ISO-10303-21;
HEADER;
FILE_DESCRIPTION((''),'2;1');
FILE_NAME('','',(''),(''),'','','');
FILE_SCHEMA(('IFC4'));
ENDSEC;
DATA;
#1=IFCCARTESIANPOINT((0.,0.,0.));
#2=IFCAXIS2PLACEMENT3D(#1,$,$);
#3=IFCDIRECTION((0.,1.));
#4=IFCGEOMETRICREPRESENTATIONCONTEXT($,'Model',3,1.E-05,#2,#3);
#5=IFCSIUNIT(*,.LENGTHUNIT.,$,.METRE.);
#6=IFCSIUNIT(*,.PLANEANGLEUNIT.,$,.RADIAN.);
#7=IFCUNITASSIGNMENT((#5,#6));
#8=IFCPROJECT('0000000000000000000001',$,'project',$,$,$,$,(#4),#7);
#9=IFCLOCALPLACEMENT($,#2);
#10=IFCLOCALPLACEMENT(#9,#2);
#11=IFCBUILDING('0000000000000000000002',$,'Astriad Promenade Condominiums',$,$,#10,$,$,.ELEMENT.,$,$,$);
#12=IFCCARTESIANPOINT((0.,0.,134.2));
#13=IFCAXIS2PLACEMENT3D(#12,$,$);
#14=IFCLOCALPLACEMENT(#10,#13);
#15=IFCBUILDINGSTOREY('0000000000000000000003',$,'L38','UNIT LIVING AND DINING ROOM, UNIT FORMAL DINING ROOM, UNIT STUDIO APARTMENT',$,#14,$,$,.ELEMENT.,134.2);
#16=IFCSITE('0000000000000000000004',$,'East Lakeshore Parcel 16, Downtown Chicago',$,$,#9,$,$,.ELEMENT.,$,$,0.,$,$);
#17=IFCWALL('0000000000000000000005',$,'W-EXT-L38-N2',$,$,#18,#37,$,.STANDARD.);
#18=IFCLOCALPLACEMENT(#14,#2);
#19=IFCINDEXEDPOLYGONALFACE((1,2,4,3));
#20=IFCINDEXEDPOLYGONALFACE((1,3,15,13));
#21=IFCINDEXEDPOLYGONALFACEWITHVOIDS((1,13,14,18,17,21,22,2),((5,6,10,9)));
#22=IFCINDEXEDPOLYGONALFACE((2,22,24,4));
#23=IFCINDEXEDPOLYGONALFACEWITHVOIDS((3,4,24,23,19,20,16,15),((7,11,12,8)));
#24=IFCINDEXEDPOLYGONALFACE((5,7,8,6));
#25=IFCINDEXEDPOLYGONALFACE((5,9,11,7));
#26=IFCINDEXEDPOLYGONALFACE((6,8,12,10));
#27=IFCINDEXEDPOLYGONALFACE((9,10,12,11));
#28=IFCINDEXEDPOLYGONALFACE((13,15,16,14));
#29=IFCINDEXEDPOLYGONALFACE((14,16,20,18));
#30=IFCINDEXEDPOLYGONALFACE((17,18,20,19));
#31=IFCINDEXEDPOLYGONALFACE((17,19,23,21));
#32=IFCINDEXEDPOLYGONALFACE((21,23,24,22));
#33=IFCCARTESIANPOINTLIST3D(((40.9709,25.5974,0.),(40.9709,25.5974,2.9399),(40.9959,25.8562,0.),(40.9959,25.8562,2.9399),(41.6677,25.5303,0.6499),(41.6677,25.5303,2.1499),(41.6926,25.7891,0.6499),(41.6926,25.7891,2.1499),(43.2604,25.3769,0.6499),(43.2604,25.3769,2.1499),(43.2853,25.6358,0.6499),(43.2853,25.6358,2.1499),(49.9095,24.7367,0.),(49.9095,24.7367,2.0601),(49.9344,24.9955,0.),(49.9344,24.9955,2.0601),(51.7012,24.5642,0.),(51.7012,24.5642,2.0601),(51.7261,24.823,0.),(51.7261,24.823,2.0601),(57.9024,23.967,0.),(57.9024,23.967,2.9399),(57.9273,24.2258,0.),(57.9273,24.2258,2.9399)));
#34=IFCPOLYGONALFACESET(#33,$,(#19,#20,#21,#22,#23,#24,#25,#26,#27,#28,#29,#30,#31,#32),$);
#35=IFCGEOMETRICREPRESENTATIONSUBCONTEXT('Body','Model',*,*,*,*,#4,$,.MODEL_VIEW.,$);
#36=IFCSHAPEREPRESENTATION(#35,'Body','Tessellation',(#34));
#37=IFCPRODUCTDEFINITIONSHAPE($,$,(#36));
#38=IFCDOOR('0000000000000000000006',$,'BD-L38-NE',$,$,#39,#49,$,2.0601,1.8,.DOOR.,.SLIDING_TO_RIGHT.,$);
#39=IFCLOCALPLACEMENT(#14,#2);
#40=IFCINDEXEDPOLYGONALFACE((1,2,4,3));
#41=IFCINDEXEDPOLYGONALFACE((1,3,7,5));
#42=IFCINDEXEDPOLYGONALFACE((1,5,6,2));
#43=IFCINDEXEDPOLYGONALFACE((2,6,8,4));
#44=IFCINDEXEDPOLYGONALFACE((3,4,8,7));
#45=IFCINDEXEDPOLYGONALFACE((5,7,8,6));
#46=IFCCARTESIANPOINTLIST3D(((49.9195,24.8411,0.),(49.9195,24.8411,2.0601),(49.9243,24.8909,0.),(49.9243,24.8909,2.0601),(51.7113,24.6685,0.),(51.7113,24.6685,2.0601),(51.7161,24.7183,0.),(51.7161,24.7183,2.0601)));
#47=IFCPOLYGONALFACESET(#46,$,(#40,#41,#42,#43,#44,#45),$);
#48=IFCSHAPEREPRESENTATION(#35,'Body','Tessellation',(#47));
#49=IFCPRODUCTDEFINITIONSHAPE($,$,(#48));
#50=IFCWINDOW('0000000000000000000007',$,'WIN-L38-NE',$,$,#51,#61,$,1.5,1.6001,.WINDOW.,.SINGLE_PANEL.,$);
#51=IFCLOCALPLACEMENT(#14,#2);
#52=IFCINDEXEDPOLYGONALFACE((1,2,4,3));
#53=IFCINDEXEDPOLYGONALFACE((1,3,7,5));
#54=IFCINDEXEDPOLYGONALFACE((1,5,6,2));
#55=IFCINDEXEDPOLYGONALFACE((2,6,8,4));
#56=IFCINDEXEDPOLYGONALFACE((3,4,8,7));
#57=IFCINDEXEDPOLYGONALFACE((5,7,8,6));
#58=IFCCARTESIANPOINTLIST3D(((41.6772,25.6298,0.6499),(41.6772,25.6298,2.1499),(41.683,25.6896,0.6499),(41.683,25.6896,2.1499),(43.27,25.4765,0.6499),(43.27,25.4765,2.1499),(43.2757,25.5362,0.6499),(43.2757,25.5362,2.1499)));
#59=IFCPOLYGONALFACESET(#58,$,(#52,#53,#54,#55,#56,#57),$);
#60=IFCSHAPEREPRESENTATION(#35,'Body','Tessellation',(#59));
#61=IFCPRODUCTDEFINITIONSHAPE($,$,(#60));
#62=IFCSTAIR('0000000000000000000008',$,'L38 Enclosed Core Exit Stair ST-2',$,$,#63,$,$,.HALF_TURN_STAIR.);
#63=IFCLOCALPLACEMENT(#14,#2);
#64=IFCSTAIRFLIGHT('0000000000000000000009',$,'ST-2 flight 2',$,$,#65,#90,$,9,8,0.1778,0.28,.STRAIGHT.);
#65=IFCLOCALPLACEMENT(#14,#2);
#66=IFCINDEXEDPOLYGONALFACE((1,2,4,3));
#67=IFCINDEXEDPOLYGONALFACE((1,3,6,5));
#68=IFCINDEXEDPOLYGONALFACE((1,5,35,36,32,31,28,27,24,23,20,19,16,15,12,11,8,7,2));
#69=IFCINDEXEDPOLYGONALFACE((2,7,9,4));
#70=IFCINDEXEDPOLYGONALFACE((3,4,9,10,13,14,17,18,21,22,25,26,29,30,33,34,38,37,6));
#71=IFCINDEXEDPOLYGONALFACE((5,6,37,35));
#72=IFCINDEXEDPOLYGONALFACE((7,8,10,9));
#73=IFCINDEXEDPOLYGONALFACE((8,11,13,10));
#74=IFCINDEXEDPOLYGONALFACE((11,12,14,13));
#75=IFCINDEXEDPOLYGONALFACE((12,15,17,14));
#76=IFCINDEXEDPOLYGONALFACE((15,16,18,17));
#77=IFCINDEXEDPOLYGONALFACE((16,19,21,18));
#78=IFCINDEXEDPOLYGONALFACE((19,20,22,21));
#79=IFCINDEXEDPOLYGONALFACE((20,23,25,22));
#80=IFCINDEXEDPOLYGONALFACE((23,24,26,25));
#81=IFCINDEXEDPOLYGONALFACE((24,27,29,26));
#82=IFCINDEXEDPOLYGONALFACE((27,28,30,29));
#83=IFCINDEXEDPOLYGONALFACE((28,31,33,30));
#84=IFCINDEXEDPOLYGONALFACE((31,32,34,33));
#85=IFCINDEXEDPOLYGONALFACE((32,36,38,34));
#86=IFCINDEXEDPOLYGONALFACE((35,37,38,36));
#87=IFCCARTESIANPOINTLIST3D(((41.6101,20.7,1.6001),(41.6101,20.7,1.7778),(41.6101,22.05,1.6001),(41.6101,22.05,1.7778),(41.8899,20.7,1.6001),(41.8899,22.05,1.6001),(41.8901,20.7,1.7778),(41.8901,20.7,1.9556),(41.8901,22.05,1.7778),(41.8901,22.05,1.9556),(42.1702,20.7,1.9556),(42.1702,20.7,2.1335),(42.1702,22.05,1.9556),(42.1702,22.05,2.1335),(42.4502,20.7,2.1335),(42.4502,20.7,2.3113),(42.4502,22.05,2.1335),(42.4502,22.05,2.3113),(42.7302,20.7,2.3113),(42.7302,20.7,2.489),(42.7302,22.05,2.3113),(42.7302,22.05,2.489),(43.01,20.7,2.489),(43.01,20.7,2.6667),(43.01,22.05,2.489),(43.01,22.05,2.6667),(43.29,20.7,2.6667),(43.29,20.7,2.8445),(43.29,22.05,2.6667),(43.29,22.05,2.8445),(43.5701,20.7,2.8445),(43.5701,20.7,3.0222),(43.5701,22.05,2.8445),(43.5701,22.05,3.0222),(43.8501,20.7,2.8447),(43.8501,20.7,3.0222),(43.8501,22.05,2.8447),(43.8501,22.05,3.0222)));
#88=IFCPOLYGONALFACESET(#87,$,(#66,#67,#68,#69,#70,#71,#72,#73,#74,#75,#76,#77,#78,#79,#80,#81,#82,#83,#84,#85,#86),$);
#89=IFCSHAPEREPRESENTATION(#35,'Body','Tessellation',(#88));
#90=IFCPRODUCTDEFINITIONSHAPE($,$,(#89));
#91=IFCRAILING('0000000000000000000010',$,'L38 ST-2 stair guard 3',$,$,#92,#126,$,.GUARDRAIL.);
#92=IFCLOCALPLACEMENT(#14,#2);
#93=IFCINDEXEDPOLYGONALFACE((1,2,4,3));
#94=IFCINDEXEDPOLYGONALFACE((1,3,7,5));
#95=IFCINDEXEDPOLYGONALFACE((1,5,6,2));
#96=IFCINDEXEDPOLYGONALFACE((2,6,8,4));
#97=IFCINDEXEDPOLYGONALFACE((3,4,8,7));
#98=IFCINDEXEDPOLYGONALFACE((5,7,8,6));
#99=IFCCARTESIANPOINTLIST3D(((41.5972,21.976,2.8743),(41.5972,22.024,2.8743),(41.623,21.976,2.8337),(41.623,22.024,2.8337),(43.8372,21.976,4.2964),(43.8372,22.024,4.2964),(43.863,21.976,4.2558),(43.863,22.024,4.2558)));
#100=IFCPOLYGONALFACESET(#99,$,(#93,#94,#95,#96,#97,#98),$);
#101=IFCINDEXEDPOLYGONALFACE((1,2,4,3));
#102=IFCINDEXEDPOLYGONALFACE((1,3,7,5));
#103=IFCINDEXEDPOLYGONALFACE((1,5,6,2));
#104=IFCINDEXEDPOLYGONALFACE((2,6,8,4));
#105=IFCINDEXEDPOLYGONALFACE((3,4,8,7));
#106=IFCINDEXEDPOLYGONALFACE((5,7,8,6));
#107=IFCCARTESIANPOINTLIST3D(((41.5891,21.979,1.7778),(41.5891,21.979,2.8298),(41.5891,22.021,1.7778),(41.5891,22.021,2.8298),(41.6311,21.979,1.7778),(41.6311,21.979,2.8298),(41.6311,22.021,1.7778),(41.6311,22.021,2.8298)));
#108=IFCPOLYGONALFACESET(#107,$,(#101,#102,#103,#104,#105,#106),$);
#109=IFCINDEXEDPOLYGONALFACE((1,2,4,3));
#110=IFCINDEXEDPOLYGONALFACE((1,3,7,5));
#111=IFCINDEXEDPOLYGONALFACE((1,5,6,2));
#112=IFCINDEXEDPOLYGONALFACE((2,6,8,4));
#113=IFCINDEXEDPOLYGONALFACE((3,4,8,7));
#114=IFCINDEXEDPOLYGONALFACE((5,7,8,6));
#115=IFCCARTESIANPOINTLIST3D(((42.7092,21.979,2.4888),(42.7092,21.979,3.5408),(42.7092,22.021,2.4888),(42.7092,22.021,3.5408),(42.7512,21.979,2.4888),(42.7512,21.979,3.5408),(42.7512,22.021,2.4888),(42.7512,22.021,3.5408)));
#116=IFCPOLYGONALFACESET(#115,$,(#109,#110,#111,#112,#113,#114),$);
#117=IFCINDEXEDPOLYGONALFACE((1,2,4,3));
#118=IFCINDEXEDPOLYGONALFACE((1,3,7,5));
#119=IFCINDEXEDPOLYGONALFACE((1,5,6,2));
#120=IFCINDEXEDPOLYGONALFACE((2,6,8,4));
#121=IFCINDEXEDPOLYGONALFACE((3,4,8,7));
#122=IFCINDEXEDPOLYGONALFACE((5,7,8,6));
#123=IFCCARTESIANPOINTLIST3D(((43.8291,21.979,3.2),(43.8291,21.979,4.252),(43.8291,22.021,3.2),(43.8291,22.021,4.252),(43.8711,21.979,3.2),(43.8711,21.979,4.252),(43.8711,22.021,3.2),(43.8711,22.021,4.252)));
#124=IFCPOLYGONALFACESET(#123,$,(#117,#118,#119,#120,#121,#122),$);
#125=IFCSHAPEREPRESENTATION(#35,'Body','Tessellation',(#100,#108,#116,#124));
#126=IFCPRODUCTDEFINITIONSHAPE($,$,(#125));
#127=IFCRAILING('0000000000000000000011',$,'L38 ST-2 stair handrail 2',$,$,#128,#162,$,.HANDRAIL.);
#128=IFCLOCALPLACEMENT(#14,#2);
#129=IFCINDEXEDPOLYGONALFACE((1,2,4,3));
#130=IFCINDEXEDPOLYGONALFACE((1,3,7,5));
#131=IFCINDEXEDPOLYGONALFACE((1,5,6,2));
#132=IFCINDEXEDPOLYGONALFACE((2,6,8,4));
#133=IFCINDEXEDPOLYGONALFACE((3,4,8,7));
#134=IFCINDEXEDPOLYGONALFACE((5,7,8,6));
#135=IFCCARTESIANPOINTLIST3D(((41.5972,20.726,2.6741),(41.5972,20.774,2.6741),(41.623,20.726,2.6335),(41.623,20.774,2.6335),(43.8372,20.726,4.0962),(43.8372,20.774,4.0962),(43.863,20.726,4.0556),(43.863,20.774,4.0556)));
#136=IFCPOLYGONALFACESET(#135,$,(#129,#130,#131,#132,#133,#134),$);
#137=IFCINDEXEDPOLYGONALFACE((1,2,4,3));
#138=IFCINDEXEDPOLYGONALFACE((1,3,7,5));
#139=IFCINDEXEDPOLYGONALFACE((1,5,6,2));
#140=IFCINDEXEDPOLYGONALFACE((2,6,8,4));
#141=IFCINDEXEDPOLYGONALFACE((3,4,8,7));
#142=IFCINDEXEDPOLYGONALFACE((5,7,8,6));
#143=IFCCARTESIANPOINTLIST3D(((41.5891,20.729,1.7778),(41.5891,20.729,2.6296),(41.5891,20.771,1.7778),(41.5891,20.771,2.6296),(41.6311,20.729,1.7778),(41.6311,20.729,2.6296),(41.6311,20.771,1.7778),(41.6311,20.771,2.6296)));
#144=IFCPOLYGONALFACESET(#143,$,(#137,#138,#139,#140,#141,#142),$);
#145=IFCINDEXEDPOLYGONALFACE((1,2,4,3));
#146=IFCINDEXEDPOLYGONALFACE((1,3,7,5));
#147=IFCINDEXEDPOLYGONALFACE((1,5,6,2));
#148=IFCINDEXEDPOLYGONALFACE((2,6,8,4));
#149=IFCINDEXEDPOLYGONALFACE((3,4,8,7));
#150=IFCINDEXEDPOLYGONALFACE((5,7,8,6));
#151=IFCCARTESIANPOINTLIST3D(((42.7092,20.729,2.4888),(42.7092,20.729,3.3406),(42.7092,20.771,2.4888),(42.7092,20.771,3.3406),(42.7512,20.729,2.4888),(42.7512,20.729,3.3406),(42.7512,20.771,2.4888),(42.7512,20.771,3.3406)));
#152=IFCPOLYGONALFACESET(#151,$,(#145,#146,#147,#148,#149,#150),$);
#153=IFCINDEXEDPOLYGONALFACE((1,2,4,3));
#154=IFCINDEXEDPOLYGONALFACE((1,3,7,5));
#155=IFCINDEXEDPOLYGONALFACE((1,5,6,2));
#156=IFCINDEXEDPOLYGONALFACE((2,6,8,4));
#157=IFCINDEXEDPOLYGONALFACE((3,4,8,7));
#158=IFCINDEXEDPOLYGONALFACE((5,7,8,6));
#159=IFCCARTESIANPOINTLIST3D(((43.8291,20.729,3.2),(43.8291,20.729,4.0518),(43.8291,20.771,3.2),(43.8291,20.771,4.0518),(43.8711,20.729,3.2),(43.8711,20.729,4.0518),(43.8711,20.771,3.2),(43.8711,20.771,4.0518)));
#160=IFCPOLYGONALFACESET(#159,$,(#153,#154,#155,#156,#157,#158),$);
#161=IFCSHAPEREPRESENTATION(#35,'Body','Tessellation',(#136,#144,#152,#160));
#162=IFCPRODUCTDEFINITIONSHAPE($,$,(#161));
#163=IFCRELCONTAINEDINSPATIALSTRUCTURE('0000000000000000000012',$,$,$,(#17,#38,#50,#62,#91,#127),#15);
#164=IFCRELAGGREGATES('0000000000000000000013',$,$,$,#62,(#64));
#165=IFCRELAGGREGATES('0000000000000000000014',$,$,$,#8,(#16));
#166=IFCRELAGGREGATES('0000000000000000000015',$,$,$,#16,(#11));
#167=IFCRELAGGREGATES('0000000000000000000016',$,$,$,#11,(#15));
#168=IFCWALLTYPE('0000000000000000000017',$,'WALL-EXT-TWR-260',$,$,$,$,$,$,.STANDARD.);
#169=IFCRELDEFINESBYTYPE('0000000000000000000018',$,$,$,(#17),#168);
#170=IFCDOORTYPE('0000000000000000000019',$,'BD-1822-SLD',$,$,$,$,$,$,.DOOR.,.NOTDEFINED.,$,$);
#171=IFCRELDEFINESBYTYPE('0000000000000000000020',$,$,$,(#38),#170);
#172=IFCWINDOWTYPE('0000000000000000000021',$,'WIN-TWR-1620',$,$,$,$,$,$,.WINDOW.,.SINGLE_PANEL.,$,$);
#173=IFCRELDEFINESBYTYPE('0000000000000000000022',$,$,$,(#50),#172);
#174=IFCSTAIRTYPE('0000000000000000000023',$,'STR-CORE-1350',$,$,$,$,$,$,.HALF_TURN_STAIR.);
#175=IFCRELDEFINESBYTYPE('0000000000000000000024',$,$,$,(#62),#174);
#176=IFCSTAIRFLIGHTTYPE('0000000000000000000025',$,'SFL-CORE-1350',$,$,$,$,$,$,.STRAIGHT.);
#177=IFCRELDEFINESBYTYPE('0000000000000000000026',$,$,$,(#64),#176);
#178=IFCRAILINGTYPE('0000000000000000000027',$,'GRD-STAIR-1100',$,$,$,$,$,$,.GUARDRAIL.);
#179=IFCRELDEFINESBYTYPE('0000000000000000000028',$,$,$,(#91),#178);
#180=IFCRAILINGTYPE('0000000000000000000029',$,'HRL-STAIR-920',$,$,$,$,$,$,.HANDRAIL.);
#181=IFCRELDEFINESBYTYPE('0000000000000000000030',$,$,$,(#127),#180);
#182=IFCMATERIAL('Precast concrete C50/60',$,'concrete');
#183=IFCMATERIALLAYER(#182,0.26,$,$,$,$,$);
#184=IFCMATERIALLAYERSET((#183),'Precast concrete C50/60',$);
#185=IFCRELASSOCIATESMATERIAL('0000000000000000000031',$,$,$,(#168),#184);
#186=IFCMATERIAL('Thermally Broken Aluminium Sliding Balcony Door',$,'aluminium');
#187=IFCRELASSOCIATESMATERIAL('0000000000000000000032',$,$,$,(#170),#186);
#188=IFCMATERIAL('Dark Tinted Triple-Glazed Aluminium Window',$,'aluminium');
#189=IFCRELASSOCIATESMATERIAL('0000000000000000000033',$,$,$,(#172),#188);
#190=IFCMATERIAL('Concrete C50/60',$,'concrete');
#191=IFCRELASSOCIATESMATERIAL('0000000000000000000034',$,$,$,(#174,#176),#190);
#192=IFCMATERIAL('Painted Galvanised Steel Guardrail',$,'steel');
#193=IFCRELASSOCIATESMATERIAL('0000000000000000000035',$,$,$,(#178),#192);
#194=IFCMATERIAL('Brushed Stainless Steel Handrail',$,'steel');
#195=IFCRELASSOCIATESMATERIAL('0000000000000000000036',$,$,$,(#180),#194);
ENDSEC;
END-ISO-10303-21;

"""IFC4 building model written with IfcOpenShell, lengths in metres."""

from ifc_helpers import new_model, si_unit, direction, frame, frame_2d, origin, origin_2d, place, context, subcontext, project, spatial, polyline, rectangle, outline, extrude, source, transform, mapped, material, layer, layer_set, type_object, type_shapes, element, fill, aggregate, save


model = new_model("IFC4")

# Units and contexts
model_context = context("Model", 3, precision=1e-05, world=origin(), true_north=direction((0.0, 1.0)))
body_context = subcontext(model_context, "Body", "Model", "MODEL_VIEW")
ifc_project = project(units=[si_unit("LENGTHUNIT", "METRE"), si_unit("PLANEANGLEUNIT", "RADIAN")], contexts=[model_context])

# Site, building, storey
site_placement = place(None, origin())
site = spatial("IfcSite", under=ifc_project, at=site_placement, Name="East Lakeshore Parcel 16, Downtown Chicago", CompositionType="ELEMENT", RefElevation=0.0)
building_placement = place(site_placement, origin())
building = spatial("IfcBuilding", under=site, at=building_placement, Name="Astriad Promenade Condominiums", CompositionType="ELEMENT")
storey_placement = place(building_placement, frame((0.0, 0.0, 134.2)))
storey = spatial("IfcBuildingStorey", under=building, at=storey_placement, Name="L38", Description="UNIT LIVING AND DINING ROOM, UNIT FORMAL DINING ROOM, UNIT STUDIO APARTMENT", CompositionType="ELEMENT", Elevation=134.2)

# Shared definitions
ifc_material_1 = material(Name="Concrete C50/60", Category="concrete")

# Wall, openings, door, window
ifc_material_2 = material(Name="Precast concrete C50/60", Category="concrete")
ifc_layer_1 = layer(ifc_material_2, 0.26)
ifc_layer_set_1 = layer_set([ifc_layer_1], Name="Precast concrete C50/60")
wall_type_1 = type_object("IfcWallType", Name="WALL-EXT-TWR-260", PredefinedType="STANDARD", material=ifc_layer_set_1)
wall_1_placement = place(storey_placement, frame((40.9834, 25.7268, 0.0), z_axis=(0.0, 0.0, 1.0), x_axis=(0.995396, -0.095849, 0.0)))
wall_1 = element("IfcWall", 1, at=wall_1_placement, inside=storey, type_object=wall_type_1, Name="W-EXT-L38-N2", PredefinedType="STANDARD", context=body_context, shape_type="SweptSolid", body=[
    extrude(rectangle(XDim=17.0098, YDim=0.26, at=frame_2d((8.5049, 0.0))), origin(), (0.0, 0.0, 1.0), 2.9399),
])
opening_1_placement = place(wall_1_placement, frame((8.98, 0.0, 0.0)))
opening_1 = element("IfcOpeningElement", 2, at=opening_1_placement, cuts=wall_1, PredefinedType="OPENING", context=body_context, shape_type="SweptSolid", body=[
    extrude(rectangle(XDim=1.8, YDim=2.0601, at=frame_2d((0.8999, 1.03))), frame((0.0, 0.1399, 0.0), z_axis=(0.0, -1.0, 0.0), x_axis=(1.0, 0.0, 0.0)), (0.0, 0.0, 1.0), 0.28),
])
opening_2_placement = place(wall_1_placement, frame((0.7, 0.0, 0.6499)))
opening_2 = element("IfcOpeningElement", 3, at=opening_2_placement, cuts=wall_1, PredefinedType="OPENING", context=body_context, shape_type="SweptSolid", body=[
    extrude(rectangle(XDim=1.6001, YDim=1.5, at=frame_2d((0.8, 0.75))), frame((0.0, 0.1399, 0.0), z_axis=(0.0, -1.0, 0.0), x_axis=(1.0, 0.0, 0.0)), (0.0, 0.0, 1.0), 0.28),
])
ifc_material_3 = material(Name="Thermally Broken Aluminium Sliding Balcony Door", Category="aluminium")
door_type_1 = type_object("IfcDoorType", Name="BD-1822-SLD", OperationType="NOTDEFINED", PredefinedType="DOOR", material=ifc_material_3)
shared_shape_1 = source(origin(), body_context, "Body", "SweptSolid", [
    extrude(rectangle(XDim=1.8, YDim=2.0601, at=frame_2d((0.8999, 1.03))), frame((0.0, 0.0249, 0.0), z_axis=(0.0, -1.0, 0.0), x_axis=(1.0, 0.0, 0.0)), (0.0, 0.0, 1.0), 0.05),
])
type_shapes(door_type_1, [shared_shape_1])
door_1_placement = place(opening_1_placement, origin())
door_1 = element("IfcDoor", 4, at=door_1_placement, inside=storey, type_object=door_type_1, Name="BD-L38-NE", OperationType="SLIDING_TO_RIGHT", OverallHeight=2.0601, OverallWidth=1.8, PredefinedType="DOOR", context=body_context, shape_type="MappedRepresentation", body=[
    mapped(shared_shape_1, transform((0.0, 0.0, 0.0), scale=1.0)),
])
fill(opening_1, door_1)
ifc_material_4 = material(Name="Dark Tinted Triple-Glazed Aluminium Window", Category="aluminium")
window_type = type_object("IfcWindowType", Name="WIN-TWR-1620", PartitioningType="SINGLE_PANEL", PredefinedType="WINDOW", material=ifc_material_4)
shared_shape_2 = source(origin(), body_context, "Body", "SweptSolid", [
    extrude(rectangle(XDim=1.6001, YDim=1.5, at=frame_2d((0.8, 0.75))), frame((0.0, 0.03, 0.0), z_axis=(0.0, -1.0, 0.0), x_axis=(1.0, 0.0, 0.0)), (0.0, 0.0, 1.0), 0.0601),
])
type_shapes(window_type, [shared_shape_2])
window_placement = place(opening_2_placement, origin())
window = element("IfcWindow", 5, at=window_placement, inside=storey, type_object=window_type, Name="WIN-L38-NE", OverallHeight=1.5, OverallWidth=1.6001, PartitioningType="SINGLE_PANEL", PredefinedType="WINDOW", context=body_context, shape_type="MappedRepresentation", body=[
    mapped(shared_shape_2, transform((0.0, 0.0, 0.0), scale=1.0)),
])
fill(opening_2, window)

# Stair, stair flight
stair_type = type_object("IfcStairType", Name="STR-CORE-1350", PredefinedType="HALF_TURN_STAIR", material=ifc_material_1)
stair_placement = place(storey_placement, origin())
stair = element("IfcStair", 6, at=stair_placement, inside=storey, type_object=stair_type, Name="L38 Enclosed Core Exit Stair ST-2", PredefinedType="HALF_TURN_STAIR")
stair_flight_type = type_object("IfcStairFlightType", Name="SFL-CORE-1350", PredefinedType="STRAIGHT", material=ifc_material_1)
shared_shape_3 = source(origin(), body_context, "Body", "SweptSolid", [
    extrude(outline(polyline([(0.0, 0.0), (0.0, 0.1777), (0.28, 0.1777), (0.28, 0.3555), (0.5601, 0.3555), (0.5601, 0.5334), (0.8401, 0.5334), (0.8401, 0.7112), (1.1201, 0.7112), (1.1201, 0.8889), (1.3999, 0.8889), (1.3999, 1.0667), (1.6799, 1.0667), (1.6799, 1.2444), (1.96, 1.2444), (1.96, 1.4221), (2.24, 1.4221), (2.24, 1.6001), (2.24, 1.2446), (0.2798, 0.0), (0.0, 0.0)])), frame((0.0, 0.675, 0.0), z_axis=(0.0, -1.0, 0.0), x_axis=(1.0, 0.0, 0.0)), (0.0, 0.0, 1.0), 1.3501),
])
type_shapes(stair_flight_type, [shared_shape_3])
stair_flight_placement = place(storey_placement, frame((41.6101, 21.375, 1.6001), z_axis=(0.0, 0.0, 1.0), x_axis=(1.0, 0.0, 0.0)))
stair_flight = element("IfcStairFlight", 7, at=stair_flight_placement, type_object=stair_flight_type, Name="ST-2 flight 2", NumberOfRisers=9, NumberOfTreads=8, PredefinedType="STRAIGHT", RiserHeight=0.1778, TreadLength=0.28, context=body_context, shape_type="MappedRepresentation", body=[
    mapped(shared_shape_3, transform((0.0, 0.0, 0.0), scale=1.0)),
])
aggregate(stair, [stair_flight])

# Railings
ifc_material_5 = material(Name="Painted Galvanised Steel Guardrail", Category="steel")
railing_type_1 = type_object("IfcRailingType", Name="GRD-STAIR-1100", PredefinedType="GUARDRAIL", material=ifc_material_5)
shared_shape_4 = source(origin(), body_context, "Body", "SweptSolid", [
    extrude(rectangle(XDim=0.0481, YDim=0.0481, at=origin_2d()), frame((0.0, 0.0, 1.0762), z_axis=(0.844229, 0.0, 0.535982), x_axis=(0.0, 1.0, 0.0)), (0.0, 0.0, 1.0), 2.6533),
    extrude(rectangle(XDim=0.042, YDim=0.042, at=origin_2d()), origin(), (0.0, 0.0, 1.0), 1.052),
    extrude(rectangle(XDim=0.042, YDim=0.042, at=origin_2d()), frame((1.1201, 0.0, 0.7109)), (0.0, 0.0, 1.0), 1.052),
    extrude(rectangle(XDim=0.042, YDim=0.042, at=origin_2d()), frame((2.24, 0.0, 1.4221)), (0.0, 0.0, 1.0), 1.052),
])
railing_1_placement = place(storey_placement, frame((41.6101, 22.0, 1.7778)))
element("IfcRailing", 8, at=railing_1_placement, inside=storey, type_object=railing_type_1, Name="L38 ST-2 stair guard 3", PredefinedType="GUARDRAIL", context=body_context, shape_type="MappedRepresentation", body=[
    mapped(shared_shape_4, transform((0.0, 0.0, 0.0), scale=1.0)),
])
ifc_material_6 = material(Name="Brushed Stainless Steel Handrail", Category="steel")
railing_type_2 = type_object("IfcRailingType", Name="HRL-STAIR-920", PredefinedType="HANDRAIL", material=ifc_material_6)
shared_shape_5 = source(origin(), body_context, "Body", "SweptSolid", [
    extrude(rectangle(XDim=0.0481, YDim=0.0481, at=origin_2d()), frame((0.0, 0.0, 0.876), z_axis=(0.844229, 0.0, 0.535982), x_axis=(0.0, 1.0, 0.0)), (0.0, 0.0, 1.0), 2.6533),
    extrude(rectangle(XDim=0.042, YDim=0.042, at=origin_2d()), origin(), (0.0, 0.0, 1.0), 0.8518),
    extrude(rectangle(XDim=0.042, YDim=0.042, at=origin_2d()), frame((1.1201, 0.0, 0.7109)), (0.0, 0.0, 1.0), 0.8518),
    extrude(rectangle(XDim=0.042, YDim=0.042, at=origin_2d()), frame((2.24, 0.0, 1.4221)), (0.0, 0.0, 1.0), 0.8518),
])
type_shapes(railing_type_2, [shared_shape_5])
railing_2_placement = place(storey_placement, frame((41.6101, 20.75, 1.7778)))
element("IfcRailing", 9, at=railing_2_placement, inside=storey, type_object=railing_type_2, Name="L38 ST-2 stair handrail 2", PredefinedType="HANDRAIL", context=body_context, shape_type="MappedRepresentation", body=[
    mapped(shared_shape_5, transform((0.0, 0.0, 0.0), scale=1.0)),
])

save(model, "model.ifc")
